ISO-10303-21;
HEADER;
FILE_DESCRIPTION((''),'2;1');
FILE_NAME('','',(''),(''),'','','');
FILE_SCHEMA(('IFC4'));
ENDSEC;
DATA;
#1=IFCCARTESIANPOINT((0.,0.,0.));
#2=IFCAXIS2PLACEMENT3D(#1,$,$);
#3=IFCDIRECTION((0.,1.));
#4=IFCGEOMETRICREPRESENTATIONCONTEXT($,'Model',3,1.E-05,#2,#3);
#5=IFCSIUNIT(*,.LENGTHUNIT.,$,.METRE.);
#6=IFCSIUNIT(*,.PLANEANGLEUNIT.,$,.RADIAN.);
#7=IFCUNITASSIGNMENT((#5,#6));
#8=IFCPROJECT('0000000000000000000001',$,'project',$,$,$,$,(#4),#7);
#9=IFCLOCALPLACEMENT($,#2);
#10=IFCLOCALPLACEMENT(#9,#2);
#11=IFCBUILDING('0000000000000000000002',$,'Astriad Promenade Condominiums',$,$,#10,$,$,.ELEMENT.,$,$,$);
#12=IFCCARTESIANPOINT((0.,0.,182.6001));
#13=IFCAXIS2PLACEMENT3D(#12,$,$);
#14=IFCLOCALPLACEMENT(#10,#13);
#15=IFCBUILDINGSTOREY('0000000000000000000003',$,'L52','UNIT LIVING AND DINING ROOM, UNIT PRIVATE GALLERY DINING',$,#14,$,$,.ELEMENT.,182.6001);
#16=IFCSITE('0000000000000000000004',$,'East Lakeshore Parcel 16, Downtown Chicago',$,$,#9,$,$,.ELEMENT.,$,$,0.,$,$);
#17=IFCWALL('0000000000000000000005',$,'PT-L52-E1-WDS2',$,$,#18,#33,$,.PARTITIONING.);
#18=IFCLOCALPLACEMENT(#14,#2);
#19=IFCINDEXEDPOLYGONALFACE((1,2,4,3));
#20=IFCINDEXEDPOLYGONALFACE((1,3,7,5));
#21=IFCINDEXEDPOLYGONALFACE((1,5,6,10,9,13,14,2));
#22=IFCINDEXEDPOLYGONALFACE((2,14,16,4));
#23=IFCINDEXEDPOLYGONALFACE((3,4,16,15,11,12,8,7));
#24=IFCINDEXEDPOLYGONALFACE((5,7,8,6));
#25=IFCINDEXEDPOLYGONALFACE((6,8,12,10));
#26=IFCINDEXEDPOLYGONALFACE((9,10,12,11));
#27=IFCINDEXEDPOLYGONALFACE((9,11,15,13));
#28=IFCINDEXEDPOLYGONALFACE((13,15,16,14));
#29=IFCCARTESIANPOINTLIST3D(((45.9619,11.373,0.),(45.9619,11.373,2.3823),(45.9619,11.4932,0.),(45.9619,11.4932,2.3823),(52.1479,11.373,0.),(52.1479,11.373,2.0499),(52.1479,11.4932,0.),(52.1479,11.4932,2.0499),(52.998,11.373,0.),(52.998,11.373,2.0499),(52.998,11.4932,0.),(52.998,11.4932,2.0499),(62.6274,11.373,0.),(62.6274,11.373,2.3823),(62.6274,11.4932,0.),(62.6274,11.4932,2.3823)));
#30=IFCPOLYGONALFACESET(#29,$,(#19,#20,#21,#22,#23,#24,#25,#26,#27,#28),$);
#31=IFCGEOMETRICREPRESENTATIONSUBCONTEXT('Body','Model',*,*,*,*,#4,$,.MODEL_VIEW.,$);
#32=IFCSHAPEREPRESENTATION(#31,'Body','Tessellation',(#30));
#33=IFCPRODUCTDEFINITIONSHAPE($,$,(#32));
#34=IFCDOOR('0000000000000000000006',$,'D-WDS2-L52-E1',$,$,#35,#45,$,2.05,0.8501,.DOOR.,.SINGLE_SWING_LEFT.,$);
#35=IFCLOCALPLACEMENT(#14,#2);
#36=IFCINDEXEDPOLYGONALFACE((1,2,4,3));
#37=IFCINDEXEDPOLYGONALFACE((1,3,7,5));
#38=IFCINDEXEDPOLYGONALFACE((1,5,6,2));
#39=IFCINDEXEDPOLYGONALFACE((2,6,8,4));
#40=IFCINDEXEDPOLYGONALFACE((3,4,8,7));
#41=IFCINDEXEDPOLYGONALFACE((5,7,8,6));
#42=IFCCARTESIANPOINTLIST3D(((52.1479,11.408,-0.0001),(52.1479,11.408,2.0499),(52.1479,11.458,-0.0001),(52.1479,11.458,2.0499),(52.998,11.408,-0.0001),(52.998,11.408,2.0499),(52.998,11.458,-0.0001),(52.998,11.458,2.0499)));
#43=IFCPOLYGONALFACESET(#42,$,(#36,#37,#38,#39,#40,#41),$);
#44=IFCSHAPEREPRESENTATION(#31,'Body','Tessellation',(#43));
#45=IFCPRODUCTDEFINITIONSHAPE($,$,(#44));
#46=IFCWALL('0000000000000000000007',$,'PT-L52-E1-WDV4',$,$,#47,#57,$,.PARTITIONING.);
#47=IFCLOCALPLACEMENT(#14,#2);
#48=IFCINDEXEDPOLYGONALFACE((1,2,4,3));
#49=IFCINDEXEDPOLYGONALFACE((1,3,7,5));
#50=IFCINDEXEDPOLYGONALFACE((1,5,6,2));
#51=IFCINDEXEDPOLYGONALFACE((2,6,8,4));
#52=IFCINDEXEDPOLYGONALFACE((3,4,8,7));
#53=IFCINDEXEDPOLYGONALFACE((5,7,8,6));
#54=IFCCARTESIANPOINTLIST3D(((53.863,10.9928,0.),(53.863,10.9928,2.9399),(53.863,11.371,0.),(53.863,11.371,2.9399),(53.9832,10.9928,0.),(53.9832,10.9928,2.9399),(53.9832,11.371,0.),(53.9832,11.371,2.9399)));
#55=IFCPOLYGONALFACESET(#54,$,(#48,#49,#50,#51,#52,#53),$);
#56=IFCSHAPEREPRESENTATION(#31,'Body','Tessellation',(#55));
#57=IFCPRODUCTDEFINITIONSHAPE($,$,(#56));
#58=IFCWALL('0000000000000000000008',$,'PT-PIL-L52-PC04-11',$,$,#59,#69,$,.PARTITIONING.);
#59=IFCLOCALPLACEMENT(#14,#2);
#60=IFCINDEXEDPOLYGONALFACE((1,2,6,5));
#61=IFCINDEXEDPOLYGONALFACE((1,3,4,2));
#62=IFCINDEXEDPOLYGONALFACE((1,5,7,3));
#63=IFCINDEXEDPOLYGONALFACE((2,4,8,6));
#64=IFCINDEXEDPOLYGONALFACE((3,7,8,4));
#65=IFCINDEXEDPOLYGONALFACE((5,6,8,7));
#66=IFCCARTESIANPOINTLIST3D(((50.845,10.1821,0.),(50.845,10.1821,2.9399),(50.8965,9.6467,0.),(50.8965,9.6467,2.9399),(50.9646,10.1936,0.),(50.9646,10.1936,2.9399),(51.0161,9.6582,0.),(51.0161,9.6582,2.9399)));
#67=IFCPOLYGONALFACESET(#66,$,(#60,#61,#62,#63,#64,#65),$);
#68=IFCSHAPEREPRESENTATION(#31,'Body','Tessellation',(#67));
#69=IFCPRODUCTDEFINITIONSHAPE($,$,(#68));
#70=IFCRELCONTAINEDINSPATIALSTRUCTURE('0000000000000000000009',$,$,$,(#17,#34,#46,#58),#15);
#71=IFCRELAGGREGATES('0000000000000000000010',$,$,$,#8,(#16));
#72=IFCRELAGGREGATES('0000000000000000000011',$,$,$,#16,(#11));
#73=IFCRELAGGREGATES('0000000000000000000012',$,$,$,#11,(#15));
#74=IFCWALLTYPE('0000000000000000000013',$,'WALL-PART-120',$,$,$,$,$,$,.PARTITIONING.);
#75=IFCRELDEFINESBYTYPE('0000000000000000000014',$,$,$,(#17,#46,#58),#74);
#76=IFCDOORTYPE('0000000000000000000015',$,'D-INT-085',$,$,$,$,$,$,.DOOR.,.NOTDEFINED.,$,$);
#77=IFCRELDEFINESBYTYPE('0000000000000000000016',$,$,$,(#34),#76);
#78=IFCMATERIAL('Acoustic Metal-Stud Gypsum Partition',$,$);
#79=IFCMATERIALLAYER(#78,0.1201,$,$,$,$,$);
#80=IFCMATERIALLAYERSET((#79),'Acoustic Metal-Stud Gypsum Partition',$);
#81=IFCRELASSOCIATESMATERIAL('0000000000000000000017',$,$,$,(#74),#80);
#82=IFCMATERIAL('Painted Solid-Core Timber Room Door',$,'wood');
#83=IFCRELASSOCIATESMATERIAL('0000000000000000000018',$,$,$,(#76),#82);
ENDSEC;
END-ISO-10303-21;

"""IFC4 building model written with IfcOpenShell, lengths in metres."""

from ifc_helpers import new_model, si_unit, direction, frame, frame_2d, origin, place, context, subcontext, project, spatial, rectangle, extrude, source, transform, mapped, material, layer, layer_set, type_object, type_shapes, element, fill, save


model = new_model("IFC4")

# Units and contexts
model_context = context("Model", 3, precision=1e-05, world=origin(), true_north=direction((0.0, 1.0)))
body_context = subcontext(model_context, "Body", "Model", "MODEL_VIEW")
ifc_project = project(units=[si_unit("LENGTHUNIT", "METRE"), si_unit("PLANEANGLEUNIT", "RADIAN")], contexts=[model_context])

# Site, building, storey
site_placement = place(None, origin())
site = spatial("IfcSite", under=ifc_project, at=site_placement, Name="East Lakeshore Parcel 16, Downtown Chicago", CompositionType="ELEMENT", RefElevation=0.0)
building_placement = place(site_placement, origin())
building = spatial("IfcBuilding", under=site, at=building_placement, Name="Astriad Promenade Condominiums", CompositionType="ELEMENT")
storey_placement = place(building_placement, frame((0.0, 0.0, 182.6001)))
storey = spatial("IfcBuildingStorey", under=building, at=storey_placement, Name="L52", Description="UNIT LIVING AND DINING ROOM, UNIT PRIVATE GALLERY DINING", CompositionType="ELEMENT", Elevation=182.6001)

# Shared definitions
ifc_material_1 = material(Name="Acoustic Metal-Stud Gypsum Partition")
ifc_layer = layer(ifc_material_1, 0.1201)
ifc_layer_set = layer_set([ifc_layer], Name="Acoustic Metal-Stud Gypsum Partition")
wall_type = type_object("IfcWallType", Name="WALL-PART-120", PredefinedType="PARTITIONING", material=ifc_layer_set)
ifc_material_2 = material(Name="Painted Solid-Core Timber Room Door", Category="wood")
door_type_1 = type_object("IfcDoorType", Name="D-INT-085", OperationType="NOTDEFINED", PredefinedType="DOOR", material=ifc_material_2)
shared_shape_1 = source(origin(), body_context, "Body", "SweptSolid", [
    extrude(rectangle(XDim=0.8501, YDim=2.05, at=frame_2d((0.425, 1.0249))), frame((0.0, 0.0249, 0.0), z_axis=(0.0, -1.0, 0.0), x_axis=(1.0, 0.0, 0.0)), (0.0, 0.0, 1.0), 0.05),
])
type_shapes(door_type_1, [shared_shape_1])

# Wall, opening, door
wall_1_placement = place(storey_placement, frame((45.9619, 11.4331, 0.0), z_axis=(0.0, 0.0, 1.0), x_axis=(1.0, 0.0, 0.0)))
wall_1 = element("IfcWall", 1, at=wall_1_placement, inside=storey, type_object=wall_type, Name="PT-L52-E1-WDS2", PredefinedType="PARTITIONING", context=body_context, shape_type="SweptSolid", body=[
    extrude(rectangle(XDim=16.6655, YDim=0.1201, at=frame_2d((8.3328, 0.0))), origin(), (0.0, 0.0, 1.0), 2.3823),
])
opening_1_placement = place(wall_1_placement, frame((6.186, 0.0, 0.0)))
opening_1 = element("IfcOpeningElement", 2, at=opening_1_placement, cuts=wall_1, PredefinedType="OPENING", context=body_context, shape_type="SweptSolid", body=[
    extrude(rectangle(XDim=0.8501, YDim=2.05, at=frame_2d((0.425, 1.0249))), frame((0.0, 0.0701, 0.0), z_axis=(0.0, -1.0, 0.0), x_axis=(1.0, 0.0, 0.0)), (0.0, 0.0, 1.0), 0.1401),
])
door_1_placement = place(opening_1_placement, origin())
door_1 = element("IfcDoor", 3, at=door_1_placement, inside=storey, type_object=door_type_1, Name="D-WDS2-L52-E1", OperationType="SINGLE_SWING_LEFT", OverallHeight=2.05, OverallWidth=0.8501, PredefinedType="DOOR", context=body_context, shape_type="MappedRepresentation", body=[
    mapped(shared_shape_1, transform((0.0, 0.0, 0.0), scale=1.0)),
])
fill(opening_1, door_1)

# Walls
wall_2_placement = place(storey_placement, frame((53.9231, 10.9929, 0.0), z_axis=(0.0, 0.0, 1.0), x_axis=(0.0, 1.0, 0.0)))
element("IfcWall", 4, at=wall_2_placement, inside=storey, type_object=wall_type, Name="PT-L52-E1-WDV4", PredefinedType="PARTITIONING", context=body_context, shape_type="SweptSolid", body=[
    extrude(rectangle(XDim=0.3782, YDim=0.1201, at=frame_2d((0.189, 0.0))), origin(), (0.0, 0.0, 1.0), 2.9399),
])
wall_3_placement = place(storey_placement, frame((50.9048, 10.188, 0.0), z_axis=(0.0, 0.0, 1.0), x_axis=(0.095773, -0.995403, 0.0)))
element("IfcWall", 5, at=wall_3_placement, inside=storey, type_object=wall_type, Name="PT-PIL-L52-PC04-11", PredefinedType="PARTITIONING", context=body_context, shape_type="SweptSolid", body=[
    extrude(rectangle(XDim=0.5378, YDim=0.1201, at=frame_2d((0.269, 0.0))), origin(), (0.0, 0.0, 1.0), 2.9399),
])

save(model, "model.ifc")
